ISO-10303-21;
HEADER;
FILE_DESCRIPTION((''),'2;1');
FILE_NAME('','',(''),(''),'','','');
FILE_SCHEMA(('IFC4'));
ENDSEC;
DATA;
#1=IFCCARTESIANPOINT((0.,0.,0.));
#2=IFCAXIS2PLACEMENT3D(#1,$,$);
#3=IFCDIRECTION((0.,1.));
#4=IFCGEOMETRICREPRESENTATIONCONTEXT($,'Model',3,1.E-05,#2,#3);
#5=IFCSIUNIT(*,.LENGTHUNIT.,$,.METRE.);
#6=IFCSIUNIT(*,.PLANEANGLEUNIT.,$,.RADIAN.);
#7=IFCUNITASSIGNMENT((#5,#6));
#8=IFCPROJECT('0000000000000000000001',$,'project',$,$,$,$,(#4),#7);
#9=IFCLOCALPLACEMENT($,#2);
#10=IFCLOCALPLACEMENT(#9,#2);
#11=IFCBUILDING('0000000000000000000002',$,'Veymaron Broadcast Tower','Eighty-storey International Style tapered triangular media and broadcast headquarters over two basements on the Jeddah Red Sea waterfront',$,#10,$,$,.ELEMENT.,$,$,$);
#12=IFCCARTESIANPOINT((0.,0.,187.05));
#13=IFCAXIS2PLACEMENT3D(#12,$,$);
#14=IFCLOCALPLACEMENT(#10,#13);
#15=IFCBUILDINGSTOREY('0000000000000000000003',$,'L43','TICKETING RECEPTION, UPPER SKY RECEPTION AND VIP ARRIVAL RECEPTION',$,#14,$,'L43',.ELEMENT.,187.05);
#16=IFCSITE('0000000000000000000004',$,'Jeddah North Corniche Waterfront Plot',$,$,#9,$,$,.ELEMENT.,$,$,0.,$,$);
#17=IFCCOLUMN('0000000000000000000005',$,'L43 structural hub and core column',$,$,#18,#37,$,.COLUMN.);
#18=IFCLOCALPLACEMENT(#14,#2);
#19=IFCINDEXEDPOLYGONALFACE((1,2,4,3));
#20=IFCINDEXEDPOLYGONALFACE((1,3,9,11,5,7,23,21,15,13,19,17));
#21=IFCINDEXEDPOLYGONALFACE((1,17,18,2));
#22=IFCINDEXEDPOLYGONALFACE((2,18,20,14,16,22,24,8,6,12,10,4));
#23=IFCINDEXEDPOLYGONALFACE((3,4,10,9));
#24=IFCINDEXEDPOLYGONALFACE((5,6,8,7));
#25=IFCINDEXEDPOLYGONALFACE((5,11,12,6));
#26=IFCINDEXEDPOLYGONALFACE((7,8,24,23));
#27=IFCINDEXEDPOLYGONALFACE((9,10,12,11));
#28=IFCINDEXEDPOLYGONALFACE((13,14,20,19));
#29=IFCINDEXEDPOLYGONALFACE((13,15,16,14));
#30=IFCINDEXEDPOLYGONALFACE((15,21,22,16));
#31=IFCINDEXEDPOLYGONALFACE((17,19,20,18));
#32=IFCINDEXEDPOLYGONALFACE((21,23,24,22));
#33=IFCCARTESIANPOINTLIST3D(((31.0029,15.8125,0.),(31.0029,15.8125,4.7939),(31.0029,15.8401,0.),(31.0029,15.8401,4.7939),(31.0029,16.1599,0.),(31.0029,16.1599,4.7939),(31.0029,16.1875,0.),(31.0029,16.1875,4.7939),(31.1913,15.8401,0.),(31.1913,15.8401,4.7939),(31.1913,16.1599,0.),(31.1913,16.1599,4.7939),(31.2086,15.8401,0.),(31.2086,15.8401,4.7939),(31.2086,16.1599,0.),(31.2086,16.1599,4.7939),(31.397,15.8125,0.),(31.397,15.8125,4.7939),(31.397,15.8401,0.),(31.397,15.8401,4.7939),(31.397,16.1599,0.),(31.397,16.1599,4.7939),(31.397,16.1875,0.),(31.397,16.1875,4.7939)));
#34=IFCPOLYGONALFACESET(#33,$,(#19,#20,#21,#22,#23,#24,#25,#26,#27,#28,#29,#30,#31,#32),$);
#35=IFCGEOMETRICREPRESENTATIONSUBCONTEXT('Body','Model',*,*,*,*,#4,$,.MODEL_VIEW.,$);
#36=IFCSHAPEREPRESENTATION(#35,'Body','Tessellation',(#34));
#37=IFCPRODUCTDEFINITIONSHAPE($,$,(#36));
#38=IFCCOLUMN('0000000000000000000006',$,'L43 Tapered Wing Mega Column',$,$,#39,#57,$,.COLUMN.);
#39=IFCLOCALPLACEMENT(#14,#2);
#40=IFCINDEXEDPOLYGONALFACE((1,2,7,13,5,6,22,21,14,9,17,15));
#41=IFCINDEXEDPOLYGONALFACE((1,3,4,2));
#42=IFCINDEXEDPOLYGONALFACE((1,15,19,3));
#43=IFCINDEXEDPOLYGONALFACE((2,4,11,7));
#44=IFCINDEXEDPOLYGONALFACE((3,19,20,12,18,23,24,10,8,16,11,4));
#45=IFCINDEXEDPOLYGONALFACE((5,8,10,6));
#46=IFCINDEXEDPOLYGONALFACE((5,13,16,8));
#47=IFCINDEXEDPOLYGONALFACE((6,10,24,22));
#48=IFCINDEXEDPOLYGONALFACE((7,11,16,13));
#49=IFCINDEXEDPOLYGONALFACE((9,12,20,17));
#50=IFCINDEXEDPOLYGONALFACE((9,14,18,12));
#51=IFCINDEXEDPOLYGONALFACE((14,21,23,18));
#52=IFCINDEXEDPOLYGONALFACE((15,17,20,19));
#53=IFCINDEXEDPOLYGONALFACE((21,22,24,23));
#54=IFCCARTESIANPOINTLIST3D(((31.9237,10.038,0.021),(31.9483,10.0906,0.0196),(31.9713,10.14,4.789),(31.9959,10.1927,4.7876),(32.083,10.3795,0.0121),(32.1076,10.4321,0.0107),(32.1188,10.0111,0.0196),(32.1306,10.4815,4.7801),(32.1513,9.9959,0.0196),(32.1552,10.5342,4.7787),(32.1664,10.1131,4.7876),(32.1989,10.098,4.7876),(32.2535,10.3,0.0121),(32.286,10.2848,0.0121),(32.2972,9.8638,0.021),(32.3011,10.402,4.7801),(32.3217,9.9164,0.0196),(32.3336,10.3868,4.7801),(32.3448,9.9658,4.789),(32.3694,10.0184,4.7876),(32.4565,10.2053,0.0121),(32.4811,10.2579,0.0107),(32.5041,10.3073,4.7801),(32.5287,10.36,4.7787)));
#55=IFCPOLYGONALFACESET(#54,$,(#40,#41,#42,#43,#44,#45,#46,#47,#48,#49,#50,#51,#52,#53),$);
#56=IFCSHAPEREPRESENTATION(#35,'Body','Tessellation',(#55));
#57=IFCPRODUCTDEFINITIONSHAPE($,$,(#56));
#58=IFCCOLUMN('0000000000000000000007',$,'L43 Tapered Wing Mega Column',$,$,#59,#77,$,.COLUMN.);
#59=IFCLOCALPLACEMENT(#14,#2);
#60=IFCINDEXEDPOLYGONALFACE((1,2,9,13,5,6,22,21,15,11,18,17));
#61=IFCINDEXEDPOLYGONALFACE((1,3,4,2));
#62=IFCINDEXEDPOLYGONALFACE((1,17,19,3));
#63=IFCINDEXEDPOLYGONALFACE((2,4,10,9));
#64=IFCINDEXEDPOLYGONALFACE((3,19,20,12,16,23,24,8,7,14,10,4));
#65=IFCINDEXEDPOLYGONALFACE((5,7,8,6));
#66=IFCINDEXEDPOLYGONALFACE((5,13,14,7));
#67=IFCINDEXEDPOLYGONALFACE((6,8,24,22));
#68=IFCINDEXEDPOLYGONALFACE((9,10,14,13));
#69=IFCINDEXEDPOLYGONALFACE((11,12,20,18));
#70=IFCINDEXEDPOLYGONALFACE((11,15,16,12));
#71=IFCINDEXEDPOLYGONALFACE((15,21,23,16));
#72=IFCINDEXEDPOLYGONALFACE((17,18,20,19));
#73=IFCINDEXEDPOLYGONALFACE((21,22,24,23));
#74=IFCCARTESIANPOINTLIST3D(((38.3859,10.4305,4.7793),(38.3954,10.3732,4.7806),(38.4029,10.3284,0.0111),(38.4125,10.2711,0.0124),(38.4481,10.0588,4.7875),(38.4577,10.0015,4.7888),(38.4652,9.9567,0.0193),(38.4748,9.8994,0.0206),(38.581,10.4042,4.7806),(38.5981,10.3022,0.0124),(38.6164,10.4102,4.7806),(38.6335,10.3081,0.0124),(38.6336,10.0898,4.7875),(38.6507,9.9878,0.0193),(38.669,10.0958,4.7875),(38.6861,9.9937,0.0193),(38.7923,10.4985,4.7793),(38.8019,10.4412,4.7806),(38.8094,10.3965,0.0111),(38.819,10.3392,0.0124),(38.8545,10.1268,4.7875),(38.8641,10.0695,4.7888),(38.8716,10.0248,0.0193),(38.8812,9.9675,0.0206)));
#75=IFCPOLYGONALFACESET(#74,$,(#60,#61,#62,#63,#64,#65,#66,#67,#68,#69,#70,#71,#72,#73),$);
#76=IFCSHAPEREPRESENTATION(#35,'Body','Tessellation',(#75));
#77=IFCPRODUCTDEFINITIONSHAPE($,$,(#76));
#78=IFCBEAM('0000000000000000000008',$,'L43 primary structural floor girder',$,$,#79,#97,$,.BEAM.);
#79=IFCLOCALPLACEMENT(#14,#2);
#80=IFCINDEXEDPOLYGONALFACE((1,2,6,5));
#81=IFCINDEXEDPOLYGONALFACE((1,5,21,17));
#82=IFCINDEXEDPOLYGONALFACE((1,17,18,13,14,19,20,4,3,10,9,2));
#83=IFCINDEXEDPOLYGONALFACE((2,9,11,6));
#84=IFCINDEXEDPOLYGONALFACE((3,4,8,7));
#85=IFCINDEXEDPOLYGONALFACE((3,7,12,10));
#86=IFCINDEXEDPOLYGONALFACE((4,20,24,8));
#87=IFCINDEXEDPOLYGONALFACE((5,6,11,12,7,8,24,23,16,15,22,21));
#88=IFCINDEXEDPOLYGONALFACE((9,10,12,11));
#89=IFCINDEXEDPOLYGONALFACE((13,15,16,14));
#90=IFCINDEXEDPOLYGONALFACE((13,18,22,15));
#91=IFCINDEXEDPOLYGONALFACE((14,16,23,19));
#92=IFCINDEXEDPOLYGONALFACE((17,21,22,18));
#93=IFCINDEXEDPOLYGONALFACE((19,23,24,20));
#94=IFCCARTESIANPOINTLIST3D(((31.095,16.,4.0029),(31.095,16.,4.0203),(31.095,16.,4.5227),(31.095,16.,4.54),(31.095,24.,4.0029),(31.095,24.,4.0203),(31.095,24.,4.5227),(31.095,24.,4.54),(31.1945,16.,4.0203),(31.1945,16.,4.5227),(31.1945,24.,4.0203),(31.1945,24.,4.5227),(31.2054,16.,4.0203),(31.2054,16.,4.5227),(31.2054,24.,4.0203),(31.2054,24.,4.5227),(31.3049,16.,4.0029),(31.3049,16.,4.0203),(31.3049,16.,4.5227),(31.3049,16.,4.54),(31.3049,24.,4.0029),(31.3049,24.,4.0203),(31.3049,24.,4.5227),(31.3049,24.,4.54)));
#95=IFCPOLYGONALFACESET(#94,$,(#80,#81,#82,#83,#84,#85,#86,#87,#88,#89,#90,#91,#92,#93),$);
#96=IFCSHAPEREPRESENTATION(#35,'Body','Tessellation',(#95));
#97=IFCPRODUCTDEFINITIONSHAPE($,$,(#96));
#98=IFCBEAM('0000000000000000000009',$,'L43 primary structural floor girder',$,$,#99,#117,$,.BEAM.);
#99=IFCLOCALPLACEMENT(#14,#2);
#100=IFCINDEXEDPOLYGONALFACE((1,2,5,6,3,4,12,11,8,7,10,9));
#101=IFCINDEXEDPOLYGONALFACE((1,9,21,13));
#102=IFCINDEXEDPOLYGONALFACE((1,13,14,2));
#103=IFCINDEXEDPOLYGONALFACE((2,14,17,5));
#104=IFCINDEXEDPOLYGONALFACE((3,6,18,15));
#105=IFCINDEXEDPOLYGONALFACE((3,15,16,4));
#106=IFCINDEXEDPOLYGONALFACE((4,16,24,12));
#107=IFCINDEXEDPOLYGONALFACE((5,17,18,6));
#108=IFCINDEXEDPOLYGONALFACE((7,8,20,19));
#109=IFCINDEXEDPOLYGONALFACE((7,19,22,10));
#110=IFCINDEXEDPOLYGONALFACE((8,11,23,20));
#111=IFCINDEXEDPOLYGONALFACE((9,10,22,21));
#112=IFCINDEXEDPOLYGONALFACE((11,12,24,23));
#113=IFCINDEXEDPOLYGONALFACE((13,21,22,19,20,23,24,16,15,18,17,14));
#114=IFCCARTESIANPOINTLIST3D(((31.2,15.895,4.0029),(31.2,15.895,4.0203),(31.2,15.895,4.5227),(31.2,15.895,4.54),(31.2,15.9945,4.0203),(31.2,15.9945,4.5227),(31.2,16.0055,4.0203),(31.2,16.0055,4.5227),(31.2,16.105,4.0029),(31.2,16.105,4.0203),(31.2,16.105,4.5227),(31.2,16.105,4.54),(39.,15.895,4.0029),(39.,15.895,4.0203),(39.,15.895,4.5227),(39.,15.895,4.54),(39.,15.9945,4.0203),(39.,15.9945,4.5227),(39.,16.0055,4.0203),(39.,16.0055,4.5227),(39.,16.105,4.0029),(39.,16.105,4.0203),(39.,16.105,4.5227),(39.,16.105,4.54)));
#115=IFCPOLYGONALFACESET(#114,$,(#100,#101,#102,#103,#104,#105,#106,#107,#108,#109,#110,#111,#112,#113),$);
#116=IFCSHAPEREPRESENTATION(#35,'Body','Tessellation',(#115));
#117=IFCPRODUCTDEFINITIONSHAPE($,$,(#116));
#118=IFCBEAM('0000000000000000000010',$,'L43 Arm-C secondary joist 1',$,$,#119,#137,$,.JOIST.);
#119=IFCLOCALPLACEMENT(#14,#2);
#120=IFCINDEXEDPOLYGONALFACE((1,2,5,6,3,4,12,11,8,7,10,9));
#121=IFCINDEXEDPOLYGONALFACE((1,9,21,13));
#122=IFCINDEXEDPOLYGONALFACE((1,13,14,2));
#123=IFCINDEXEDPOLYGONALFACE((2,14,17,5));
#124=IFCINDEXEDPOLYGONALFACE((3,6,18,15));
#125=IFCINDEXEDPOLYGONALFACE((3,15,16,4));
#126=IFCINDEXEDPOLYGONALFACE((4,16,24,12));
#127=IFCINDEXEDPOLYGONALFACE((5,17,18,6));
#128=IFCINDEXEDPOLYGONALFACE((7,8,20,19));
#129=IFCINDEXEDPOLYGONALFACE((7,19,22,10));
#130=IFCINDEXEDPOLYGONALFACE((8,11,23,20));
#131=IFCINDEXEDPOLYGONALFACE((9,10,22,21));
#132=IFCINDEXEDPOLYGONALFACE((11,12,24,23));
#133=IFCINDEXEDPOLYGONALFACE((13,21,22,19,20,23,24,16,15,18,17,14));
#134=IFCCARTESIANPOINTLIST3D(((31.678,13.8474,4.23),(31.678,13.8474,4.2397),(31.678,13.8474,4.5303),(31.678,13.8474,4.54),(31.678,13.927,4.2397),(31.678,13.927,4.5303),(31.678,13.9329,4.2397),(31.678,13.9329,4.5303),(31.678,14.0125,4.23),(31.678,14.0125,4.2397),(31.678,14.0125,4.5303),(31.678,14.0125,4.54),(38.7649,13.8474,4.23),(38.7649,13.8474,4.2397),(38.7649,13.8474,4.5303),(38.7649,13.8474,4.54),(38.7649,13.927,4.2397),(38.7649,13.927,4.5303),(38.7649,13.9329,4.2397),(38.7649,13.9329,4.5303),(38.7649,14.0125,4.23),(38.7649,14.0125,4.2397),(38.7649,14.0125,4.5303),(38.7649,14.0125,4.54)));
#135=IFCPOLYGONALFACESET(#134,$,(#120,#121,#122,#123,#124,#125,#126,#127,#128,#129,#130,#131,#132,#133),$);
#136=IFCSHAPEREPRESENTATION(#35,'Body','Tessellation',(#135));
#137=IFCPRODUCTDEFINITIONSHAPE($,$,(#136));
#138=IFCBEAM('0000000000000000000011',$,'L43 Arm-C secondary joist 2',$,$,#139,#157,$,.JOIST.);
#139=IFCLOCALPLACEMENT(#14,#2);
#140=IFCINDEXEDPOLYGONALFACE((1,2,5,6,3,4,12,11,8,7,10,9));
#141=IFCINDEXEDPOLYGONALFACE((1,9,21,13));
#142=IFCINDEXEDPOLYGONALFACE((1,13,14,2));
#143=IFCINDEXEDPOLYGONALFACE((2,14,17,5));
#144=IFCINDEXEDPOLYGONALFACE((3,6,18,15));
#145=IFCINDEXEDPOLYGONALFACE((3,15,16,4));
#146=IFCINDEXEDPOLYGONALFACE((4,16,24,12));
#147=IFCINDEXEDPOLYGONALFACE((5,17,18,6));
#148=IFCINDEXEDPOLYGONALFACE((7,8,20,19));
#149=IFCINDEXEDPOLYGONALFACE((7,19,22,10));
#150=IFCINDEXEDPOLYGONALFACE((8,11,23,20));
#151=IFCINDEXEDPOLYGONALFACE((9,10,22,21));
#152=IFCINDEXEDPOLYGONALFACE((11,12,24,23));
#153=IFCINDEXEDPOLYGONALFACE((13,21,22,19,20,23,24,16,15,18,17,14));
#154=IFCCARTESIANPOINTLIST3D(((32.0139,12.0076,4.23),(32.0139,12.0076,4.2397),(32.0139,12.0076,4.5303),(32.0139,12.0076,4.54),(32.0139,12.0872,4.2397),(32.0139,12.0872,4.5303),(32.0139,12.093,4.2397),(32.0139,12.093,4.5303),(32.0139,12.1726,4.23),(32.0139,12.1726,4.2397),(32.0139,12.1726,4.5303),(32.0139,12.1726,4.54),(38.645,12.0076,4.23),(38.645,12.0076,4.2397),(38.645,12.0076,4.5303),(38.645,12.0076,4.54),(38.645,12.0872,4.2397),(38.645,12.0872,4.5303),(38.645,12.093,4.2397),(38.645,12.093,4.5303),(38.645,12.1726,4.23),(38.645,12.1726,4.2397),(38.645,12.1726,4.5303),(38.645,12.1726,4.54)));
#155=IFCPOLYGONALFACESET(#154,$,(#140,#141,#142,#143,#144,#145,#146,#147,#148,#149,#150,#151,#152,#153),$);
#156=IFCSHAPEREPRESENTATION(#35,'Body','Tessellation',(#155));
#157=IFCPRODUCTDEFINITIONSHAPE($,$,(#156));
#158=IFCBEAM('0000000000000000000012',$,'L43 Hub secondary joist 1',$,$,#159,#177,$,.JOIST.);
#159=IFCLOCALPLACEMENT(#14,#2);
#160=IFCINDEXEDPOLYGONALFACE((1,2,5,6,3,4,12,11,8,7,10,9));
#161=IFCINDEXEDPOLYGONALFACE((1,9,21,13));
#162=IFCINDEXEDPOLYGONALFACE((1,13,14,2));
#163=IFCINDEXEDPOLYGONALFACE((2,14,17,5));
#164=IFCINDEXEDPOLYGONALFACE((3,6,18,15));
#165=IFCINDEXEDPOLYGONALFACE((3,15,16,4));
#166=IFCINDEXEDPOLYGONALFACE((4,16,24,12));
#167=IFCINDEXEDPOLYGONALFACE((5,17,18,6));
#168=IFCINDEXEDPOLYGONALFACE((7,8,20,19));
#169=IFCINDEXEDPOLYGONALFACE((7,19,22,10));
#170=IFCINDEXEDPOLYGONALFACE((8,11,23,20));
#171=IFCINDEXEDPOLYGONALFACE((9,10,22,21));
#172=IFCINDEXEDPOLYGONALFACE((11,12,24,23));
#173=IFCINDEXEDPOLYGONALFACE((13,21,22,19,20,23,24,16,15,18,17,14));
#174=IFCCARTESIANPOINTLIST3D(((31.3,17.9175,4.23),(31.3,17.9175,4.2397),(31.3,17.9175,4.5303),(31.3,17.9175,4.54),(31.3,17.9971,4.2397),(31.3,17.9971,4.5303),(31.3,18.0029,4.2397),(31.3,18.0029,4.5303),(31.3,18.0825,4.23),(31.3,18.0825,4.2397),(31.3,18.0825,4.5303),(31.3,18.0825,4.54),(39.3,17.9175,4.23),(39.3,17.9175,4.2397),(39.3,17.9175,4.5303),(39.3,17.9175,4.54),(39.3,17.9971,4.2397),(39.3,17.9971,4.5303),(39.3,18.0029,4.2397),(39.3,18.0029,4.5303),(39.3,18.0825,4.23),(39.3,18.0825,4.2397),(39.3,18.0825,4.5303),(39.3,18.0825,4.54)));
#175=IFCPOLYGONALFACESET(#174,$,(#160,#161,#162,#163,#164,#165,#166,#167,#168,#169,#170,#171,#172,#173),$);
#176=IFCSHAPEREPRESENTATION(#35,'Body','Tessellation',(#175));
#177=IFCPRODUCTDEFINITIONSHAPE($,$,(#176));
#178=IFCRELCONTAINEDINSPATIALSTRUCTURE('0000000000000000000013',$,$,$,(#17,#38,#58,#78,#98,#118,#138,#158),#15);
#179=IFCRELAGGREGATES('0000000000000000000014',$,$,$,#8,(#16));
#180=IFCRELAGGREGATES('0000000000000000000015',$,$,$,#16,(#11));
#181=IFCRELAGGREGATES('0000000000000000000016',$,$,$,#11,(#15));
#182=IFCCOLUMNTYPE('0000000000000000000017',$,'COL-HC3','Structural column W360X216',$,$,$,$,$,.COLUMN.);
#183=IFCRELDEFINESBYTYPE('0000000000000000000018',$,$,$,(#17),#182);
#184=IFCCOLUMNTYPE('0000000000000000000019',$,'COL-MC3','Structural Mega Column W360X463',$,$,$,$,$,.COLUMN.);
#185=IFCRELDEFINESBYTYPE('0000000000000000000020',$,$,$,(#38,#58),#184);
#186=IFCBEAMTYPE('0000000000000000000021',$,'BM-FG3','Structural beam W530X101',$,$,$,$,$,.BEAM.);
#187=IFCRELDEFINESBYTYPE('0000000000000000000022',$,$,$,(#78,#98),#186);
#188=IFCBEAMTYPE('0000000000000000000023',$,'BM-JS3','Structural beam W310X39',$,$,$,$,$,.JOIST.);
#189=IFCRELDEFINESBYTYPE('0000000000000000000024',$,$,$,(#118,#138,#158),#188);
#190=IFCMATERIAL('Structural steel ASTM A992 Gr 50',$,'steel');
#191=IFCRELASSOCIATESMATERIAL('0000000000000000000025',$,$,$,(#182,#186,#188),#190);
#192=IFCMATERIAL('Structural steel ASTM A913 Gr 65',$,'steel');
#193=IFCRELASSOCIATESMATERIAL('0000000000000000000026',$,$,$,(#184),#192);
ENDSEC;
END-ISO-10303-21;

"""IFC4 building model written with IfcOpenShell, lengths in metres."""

from ifc_helpers import new_model, si_unit, direction, frame, origin, origin_2d, place, context, subcontext, project, spatial, i_section, extrude, material, material_profile, profile_set, type_object, element, save


model = new_model("IFC4")

# Units and contexts
model_context = context("Model", 3, precision=1e-05, world=origin(), true_north=direction((0.0, 1.0)))
body_context = subcontext(model_context, "Body", "Model", "MODEL_VIEW")
ifc_project = project(units=[si_unit("LENGTHUNIT", "METRE"), si_unit("PLANEANGLEUNIT", "RADIAN")], contexts=[model_context])

# Site, building, storey
site_placement = place(None, origin())
site = spatial("IfcSite", under=ifc_project, at=site_placement, Name="Jeddah North Corniche Waterfront Plot", CompositionType="ELEMENT", RefElevation=0.0)
building_placement = place(site_placement, origin())
building = spatial("IfcBuilding", under=site, at=building_placement, Name="Veymaron Broadcast Tower", Description="Eighty-storey International Style tapered triangular media and broadcast headquarters over two basements on the Jeddah Red Sea waterfront", CompositionType="ELEMENT")
storey_placement = place(building_placement, frame((0.0, 0.0, 187.05)))
storey = spatial("IfcBuildingStorey", under=building, at=storey_placement, Name="L43", Description="TICKETING RECEPTION, UPPER SKY RECEPTION AND VIP ARRIVAL RECEPTION", LongName="L43", CompositionType="ELEMENT", Elevation=187.05)

# Columns
ifc_material_1 = material(Name="Structural steel ASTM A992 Gr 50", Category="steel")
ifc_material_profile_1 = material_profile(ifc_material_1, i_section(OverallWidth=0.394, OverallDepth=0.375, WebThickness=0.0173, FlangeThickness=0.0276, at=origin_2d()), Name="W360X216")
ifc_profile_set_1 = profile_set([ifc_material_profile_1], Name="Structural steel ASTM A992 Gr 50")
column_type_1 = type_object("IfcColumnType", Name="COL-HC3", Description="Structural column W360X216", PredefinedType="COLUMN", material=ifc_profile_set_1)
column_placement = place(storey_placement, frame((31.2, 16.0, 0.0), z_axis=(0.0, 0.0, 1.0), x_axis=(1.0, 0.0, 0.0)))
element("IfcColumn", 1, at=column_placement, inside=storey, type_object=column_type_1, Name="L43 structural hub and core column", PredefinedType="COLUMN", context=body_context, shape_type="SweptSolid", body=[
    extrude(i_section(OverallWidth=0.394, OverallDepth=0.375, WebThickness=0.0173, FlangeThickness=0.0276, at=origin_2d()), origin(), (0.0, 0.0, 1.0), 4.7939),
])
ifc_material_2 = material(Name="Structural steel ASTM A913 Gr 65", Category="steel")
ifc_material_profile_2 = material_profile(ifc_material_2, i_section(OverallWidth=0.4121, OverallDepth=0.4351, WebThickness=0.0359, FlangeThickness=0.0581, at=origin_2d()), Name="W360X463")
ifc_profile_set_2 = profile_set([ifc_material_profile_2], Name="Structural steel ASTM A913 Gr 65")
column_type_2 = type_object("IfcColumnType", Name="COL-MC3", Description="Structural Mega Column W360X463", PredefinedType="COLUMN", material=ifc_profile_set_2)
for number, where, z_axis, x_axis, name in (
    (2, (32.2024, 10.1479, 0.0159), (0.009982, 0.021397, 0.999721), (-0.906239, 0.422767, 0.0), "L43 Tapered Wing Mega Column"),
    (3, (38.6421, 10.1479, 0.0159), (-0.003583, 0.021398, 0.999765), (-0.986266, -0.165164, 0.0), "L43 Tapered Wing Mega Column"),
):
    element("IfcColumn", number, at=place(storey_placement, frame(where, z_axis=z_axis, x_axis=x_axis)), inside=storey, type_object=column_type_2, Name=name, PredefinedType="COLUMN", context=body_context, shape_type="SweptSolid", body=[
        extrude(i_section(OverallWidth=0.4121, OverallDepth=0.4351, WebThickness=0.0359, FlangeThickness=0.0581, at=origin_2d()), origin(), (0.0, 0.0, 1.0), 4.7693),
    ])

# Beams
ifc_material_profile_3 = material_profile(ifc_material_1, i_section(OverallWidth=0.21, OverallDepth=0.5371, WebThickness=0.011, FlangeThickness=0.0173, at=origin_2d()), Name="W530X101")
ifc_profile_set_3 = profile_set([ifc_material_profile_3], Name="Structural steel ASTM A992 Gr 50")
beam_type_1 = type_object("IfcBeamType", Name="BM-FG3", Description="Structural beam W530X101", PredefinedType="BEAM", material=ifc_profile_set_3)
beam_1_placement = place(storey_placement, frame((31.2, 16.0, 4.2715), z_axis=(0.0, 1.0, 0.0), x_axis=(-1.0, 0.0, 0.0)))
element("IfcBeam", 4, at=beam_1_placement, inside=storey, type_object=beam_type_1, Name="L43 primary structural floor girder", PredefinedType="BEAM", context=body_context, shape_type="SweptSolid", body=[
    extrude(i_section(OverallWidth=0.21, OverallDepth=0.5371, WebThickness=0.011, FlangeThickness=0.0173, at=origin_2d()), origin(), (0.0, 0.0, 1.0), 8.0),
])
beam_2_placement = place(storey_placement, frame((31.2, 16.0, 4.2715), z_axis=(1.0, 0.0, 0.0), x_axis=(0.0, 1.0, 0.0)))
element("IfcBeam", 5, at=beam_2_placement, inside=storey, type_object=beam_type_1, Name="L43 primary structural floor girder", PredefinedType="BEAM", context=body_context, shape_type="SweptSolid", body=[
    extrude(i_section(OverallWidth=0.21, OverallDepth=0.5371, WebThickness=0.011, FlangeThickness=0.0173, at=origin_2d()), origin(), (0.0, 0.0, 1.0), 7.8),
])
ifc_material_profile_4 = material_profile(ifc_material_1, i_section(OverallWidth=0.165, OverallDepth=0.3101, WebThickness=0.0059, FlangeThickness=0.0098, at=origin_2d()), Name="W310X39")
ifc_profile_set_4 = profile_set([ifc_material_profile_4], Name="Structural steel ASTM A992 Gr 50")
beam_type_2 = type_object("IfcBeamType", Name="BM-JS3", Description="Structural beam W310X39", PredefinedType="JOIST", material=ifc_profile_set_4)
beam_3_placement = place(storey_placement, frame((31.678, 13.9299, 4.385), z_axis=(1.0, 0.0, 0.0), x_axis=(0.0, 1.0, 0.0)))
element("IfcBeam", 6, at=beam_3_placement, inside=storey, type_object=beam_type_2, Name="L43 Arm-C secondary joist 1", PredefinedType="JOIST", context=body_context, shape_type="SweptSolid", body=[
    extrude(i_section(OverallWidth=0.165, OverallDepth=0.3101, WebThickness=0.0059, FlangeThickness=0.0098, at=origin_2d()), origin(), (0.0, 0.0, 1.0), 7.0869),
])
beam_4_placement = place(storey_placement, frame((32.0139, 12.0901, 4.385), z_axis=(1.0, 0.0, 0.0), x_axis=(0.0, 1.0, 0.0)))
element("IfcBeam", 7, at=beam_4_placement, inside=storey, type_object=beam_type_2, Name="L43 Arm-C secondary joist 2", PredefinedType="JOIST", context=body_context, shape_type="SweptSolid", body=[
    extrude(i_section(OverallWidth=0.165, OverallDepth=0.3101, WebThickness=0.0059, FlangeThickness=0.0098, at=origin_2d()), origin(), (0.0, 0.0, 1.0), 6.6311),
])
for number, where, z_axis, x_axis, name in (
    (8, (31.3, 18.0, 4.385), (1.0, 0.0, 0.0), (0.0, 1.0, 0.0), "L43 Hub secondary joist 1"),
):
    element("IfcBeam", number, at=place(storey_placement, frame(where, z_axis=z_axis, x_axis=x_axis)), inside=storey, type_object=beam_type_2, Name=name, PredefinedType="JOIST", context=body_context, shape_type="SweptSolid", body=[
        extrude(i_section(OverallWidth=0.165, OverallDepth=0.3101, WebThickness=0.0059, FlangeThickness=0.0098, at=origin_2d()), origin(), (0.0, 0.0, 1.0), 8.0),
    ])

save(model, "model.ifc")
